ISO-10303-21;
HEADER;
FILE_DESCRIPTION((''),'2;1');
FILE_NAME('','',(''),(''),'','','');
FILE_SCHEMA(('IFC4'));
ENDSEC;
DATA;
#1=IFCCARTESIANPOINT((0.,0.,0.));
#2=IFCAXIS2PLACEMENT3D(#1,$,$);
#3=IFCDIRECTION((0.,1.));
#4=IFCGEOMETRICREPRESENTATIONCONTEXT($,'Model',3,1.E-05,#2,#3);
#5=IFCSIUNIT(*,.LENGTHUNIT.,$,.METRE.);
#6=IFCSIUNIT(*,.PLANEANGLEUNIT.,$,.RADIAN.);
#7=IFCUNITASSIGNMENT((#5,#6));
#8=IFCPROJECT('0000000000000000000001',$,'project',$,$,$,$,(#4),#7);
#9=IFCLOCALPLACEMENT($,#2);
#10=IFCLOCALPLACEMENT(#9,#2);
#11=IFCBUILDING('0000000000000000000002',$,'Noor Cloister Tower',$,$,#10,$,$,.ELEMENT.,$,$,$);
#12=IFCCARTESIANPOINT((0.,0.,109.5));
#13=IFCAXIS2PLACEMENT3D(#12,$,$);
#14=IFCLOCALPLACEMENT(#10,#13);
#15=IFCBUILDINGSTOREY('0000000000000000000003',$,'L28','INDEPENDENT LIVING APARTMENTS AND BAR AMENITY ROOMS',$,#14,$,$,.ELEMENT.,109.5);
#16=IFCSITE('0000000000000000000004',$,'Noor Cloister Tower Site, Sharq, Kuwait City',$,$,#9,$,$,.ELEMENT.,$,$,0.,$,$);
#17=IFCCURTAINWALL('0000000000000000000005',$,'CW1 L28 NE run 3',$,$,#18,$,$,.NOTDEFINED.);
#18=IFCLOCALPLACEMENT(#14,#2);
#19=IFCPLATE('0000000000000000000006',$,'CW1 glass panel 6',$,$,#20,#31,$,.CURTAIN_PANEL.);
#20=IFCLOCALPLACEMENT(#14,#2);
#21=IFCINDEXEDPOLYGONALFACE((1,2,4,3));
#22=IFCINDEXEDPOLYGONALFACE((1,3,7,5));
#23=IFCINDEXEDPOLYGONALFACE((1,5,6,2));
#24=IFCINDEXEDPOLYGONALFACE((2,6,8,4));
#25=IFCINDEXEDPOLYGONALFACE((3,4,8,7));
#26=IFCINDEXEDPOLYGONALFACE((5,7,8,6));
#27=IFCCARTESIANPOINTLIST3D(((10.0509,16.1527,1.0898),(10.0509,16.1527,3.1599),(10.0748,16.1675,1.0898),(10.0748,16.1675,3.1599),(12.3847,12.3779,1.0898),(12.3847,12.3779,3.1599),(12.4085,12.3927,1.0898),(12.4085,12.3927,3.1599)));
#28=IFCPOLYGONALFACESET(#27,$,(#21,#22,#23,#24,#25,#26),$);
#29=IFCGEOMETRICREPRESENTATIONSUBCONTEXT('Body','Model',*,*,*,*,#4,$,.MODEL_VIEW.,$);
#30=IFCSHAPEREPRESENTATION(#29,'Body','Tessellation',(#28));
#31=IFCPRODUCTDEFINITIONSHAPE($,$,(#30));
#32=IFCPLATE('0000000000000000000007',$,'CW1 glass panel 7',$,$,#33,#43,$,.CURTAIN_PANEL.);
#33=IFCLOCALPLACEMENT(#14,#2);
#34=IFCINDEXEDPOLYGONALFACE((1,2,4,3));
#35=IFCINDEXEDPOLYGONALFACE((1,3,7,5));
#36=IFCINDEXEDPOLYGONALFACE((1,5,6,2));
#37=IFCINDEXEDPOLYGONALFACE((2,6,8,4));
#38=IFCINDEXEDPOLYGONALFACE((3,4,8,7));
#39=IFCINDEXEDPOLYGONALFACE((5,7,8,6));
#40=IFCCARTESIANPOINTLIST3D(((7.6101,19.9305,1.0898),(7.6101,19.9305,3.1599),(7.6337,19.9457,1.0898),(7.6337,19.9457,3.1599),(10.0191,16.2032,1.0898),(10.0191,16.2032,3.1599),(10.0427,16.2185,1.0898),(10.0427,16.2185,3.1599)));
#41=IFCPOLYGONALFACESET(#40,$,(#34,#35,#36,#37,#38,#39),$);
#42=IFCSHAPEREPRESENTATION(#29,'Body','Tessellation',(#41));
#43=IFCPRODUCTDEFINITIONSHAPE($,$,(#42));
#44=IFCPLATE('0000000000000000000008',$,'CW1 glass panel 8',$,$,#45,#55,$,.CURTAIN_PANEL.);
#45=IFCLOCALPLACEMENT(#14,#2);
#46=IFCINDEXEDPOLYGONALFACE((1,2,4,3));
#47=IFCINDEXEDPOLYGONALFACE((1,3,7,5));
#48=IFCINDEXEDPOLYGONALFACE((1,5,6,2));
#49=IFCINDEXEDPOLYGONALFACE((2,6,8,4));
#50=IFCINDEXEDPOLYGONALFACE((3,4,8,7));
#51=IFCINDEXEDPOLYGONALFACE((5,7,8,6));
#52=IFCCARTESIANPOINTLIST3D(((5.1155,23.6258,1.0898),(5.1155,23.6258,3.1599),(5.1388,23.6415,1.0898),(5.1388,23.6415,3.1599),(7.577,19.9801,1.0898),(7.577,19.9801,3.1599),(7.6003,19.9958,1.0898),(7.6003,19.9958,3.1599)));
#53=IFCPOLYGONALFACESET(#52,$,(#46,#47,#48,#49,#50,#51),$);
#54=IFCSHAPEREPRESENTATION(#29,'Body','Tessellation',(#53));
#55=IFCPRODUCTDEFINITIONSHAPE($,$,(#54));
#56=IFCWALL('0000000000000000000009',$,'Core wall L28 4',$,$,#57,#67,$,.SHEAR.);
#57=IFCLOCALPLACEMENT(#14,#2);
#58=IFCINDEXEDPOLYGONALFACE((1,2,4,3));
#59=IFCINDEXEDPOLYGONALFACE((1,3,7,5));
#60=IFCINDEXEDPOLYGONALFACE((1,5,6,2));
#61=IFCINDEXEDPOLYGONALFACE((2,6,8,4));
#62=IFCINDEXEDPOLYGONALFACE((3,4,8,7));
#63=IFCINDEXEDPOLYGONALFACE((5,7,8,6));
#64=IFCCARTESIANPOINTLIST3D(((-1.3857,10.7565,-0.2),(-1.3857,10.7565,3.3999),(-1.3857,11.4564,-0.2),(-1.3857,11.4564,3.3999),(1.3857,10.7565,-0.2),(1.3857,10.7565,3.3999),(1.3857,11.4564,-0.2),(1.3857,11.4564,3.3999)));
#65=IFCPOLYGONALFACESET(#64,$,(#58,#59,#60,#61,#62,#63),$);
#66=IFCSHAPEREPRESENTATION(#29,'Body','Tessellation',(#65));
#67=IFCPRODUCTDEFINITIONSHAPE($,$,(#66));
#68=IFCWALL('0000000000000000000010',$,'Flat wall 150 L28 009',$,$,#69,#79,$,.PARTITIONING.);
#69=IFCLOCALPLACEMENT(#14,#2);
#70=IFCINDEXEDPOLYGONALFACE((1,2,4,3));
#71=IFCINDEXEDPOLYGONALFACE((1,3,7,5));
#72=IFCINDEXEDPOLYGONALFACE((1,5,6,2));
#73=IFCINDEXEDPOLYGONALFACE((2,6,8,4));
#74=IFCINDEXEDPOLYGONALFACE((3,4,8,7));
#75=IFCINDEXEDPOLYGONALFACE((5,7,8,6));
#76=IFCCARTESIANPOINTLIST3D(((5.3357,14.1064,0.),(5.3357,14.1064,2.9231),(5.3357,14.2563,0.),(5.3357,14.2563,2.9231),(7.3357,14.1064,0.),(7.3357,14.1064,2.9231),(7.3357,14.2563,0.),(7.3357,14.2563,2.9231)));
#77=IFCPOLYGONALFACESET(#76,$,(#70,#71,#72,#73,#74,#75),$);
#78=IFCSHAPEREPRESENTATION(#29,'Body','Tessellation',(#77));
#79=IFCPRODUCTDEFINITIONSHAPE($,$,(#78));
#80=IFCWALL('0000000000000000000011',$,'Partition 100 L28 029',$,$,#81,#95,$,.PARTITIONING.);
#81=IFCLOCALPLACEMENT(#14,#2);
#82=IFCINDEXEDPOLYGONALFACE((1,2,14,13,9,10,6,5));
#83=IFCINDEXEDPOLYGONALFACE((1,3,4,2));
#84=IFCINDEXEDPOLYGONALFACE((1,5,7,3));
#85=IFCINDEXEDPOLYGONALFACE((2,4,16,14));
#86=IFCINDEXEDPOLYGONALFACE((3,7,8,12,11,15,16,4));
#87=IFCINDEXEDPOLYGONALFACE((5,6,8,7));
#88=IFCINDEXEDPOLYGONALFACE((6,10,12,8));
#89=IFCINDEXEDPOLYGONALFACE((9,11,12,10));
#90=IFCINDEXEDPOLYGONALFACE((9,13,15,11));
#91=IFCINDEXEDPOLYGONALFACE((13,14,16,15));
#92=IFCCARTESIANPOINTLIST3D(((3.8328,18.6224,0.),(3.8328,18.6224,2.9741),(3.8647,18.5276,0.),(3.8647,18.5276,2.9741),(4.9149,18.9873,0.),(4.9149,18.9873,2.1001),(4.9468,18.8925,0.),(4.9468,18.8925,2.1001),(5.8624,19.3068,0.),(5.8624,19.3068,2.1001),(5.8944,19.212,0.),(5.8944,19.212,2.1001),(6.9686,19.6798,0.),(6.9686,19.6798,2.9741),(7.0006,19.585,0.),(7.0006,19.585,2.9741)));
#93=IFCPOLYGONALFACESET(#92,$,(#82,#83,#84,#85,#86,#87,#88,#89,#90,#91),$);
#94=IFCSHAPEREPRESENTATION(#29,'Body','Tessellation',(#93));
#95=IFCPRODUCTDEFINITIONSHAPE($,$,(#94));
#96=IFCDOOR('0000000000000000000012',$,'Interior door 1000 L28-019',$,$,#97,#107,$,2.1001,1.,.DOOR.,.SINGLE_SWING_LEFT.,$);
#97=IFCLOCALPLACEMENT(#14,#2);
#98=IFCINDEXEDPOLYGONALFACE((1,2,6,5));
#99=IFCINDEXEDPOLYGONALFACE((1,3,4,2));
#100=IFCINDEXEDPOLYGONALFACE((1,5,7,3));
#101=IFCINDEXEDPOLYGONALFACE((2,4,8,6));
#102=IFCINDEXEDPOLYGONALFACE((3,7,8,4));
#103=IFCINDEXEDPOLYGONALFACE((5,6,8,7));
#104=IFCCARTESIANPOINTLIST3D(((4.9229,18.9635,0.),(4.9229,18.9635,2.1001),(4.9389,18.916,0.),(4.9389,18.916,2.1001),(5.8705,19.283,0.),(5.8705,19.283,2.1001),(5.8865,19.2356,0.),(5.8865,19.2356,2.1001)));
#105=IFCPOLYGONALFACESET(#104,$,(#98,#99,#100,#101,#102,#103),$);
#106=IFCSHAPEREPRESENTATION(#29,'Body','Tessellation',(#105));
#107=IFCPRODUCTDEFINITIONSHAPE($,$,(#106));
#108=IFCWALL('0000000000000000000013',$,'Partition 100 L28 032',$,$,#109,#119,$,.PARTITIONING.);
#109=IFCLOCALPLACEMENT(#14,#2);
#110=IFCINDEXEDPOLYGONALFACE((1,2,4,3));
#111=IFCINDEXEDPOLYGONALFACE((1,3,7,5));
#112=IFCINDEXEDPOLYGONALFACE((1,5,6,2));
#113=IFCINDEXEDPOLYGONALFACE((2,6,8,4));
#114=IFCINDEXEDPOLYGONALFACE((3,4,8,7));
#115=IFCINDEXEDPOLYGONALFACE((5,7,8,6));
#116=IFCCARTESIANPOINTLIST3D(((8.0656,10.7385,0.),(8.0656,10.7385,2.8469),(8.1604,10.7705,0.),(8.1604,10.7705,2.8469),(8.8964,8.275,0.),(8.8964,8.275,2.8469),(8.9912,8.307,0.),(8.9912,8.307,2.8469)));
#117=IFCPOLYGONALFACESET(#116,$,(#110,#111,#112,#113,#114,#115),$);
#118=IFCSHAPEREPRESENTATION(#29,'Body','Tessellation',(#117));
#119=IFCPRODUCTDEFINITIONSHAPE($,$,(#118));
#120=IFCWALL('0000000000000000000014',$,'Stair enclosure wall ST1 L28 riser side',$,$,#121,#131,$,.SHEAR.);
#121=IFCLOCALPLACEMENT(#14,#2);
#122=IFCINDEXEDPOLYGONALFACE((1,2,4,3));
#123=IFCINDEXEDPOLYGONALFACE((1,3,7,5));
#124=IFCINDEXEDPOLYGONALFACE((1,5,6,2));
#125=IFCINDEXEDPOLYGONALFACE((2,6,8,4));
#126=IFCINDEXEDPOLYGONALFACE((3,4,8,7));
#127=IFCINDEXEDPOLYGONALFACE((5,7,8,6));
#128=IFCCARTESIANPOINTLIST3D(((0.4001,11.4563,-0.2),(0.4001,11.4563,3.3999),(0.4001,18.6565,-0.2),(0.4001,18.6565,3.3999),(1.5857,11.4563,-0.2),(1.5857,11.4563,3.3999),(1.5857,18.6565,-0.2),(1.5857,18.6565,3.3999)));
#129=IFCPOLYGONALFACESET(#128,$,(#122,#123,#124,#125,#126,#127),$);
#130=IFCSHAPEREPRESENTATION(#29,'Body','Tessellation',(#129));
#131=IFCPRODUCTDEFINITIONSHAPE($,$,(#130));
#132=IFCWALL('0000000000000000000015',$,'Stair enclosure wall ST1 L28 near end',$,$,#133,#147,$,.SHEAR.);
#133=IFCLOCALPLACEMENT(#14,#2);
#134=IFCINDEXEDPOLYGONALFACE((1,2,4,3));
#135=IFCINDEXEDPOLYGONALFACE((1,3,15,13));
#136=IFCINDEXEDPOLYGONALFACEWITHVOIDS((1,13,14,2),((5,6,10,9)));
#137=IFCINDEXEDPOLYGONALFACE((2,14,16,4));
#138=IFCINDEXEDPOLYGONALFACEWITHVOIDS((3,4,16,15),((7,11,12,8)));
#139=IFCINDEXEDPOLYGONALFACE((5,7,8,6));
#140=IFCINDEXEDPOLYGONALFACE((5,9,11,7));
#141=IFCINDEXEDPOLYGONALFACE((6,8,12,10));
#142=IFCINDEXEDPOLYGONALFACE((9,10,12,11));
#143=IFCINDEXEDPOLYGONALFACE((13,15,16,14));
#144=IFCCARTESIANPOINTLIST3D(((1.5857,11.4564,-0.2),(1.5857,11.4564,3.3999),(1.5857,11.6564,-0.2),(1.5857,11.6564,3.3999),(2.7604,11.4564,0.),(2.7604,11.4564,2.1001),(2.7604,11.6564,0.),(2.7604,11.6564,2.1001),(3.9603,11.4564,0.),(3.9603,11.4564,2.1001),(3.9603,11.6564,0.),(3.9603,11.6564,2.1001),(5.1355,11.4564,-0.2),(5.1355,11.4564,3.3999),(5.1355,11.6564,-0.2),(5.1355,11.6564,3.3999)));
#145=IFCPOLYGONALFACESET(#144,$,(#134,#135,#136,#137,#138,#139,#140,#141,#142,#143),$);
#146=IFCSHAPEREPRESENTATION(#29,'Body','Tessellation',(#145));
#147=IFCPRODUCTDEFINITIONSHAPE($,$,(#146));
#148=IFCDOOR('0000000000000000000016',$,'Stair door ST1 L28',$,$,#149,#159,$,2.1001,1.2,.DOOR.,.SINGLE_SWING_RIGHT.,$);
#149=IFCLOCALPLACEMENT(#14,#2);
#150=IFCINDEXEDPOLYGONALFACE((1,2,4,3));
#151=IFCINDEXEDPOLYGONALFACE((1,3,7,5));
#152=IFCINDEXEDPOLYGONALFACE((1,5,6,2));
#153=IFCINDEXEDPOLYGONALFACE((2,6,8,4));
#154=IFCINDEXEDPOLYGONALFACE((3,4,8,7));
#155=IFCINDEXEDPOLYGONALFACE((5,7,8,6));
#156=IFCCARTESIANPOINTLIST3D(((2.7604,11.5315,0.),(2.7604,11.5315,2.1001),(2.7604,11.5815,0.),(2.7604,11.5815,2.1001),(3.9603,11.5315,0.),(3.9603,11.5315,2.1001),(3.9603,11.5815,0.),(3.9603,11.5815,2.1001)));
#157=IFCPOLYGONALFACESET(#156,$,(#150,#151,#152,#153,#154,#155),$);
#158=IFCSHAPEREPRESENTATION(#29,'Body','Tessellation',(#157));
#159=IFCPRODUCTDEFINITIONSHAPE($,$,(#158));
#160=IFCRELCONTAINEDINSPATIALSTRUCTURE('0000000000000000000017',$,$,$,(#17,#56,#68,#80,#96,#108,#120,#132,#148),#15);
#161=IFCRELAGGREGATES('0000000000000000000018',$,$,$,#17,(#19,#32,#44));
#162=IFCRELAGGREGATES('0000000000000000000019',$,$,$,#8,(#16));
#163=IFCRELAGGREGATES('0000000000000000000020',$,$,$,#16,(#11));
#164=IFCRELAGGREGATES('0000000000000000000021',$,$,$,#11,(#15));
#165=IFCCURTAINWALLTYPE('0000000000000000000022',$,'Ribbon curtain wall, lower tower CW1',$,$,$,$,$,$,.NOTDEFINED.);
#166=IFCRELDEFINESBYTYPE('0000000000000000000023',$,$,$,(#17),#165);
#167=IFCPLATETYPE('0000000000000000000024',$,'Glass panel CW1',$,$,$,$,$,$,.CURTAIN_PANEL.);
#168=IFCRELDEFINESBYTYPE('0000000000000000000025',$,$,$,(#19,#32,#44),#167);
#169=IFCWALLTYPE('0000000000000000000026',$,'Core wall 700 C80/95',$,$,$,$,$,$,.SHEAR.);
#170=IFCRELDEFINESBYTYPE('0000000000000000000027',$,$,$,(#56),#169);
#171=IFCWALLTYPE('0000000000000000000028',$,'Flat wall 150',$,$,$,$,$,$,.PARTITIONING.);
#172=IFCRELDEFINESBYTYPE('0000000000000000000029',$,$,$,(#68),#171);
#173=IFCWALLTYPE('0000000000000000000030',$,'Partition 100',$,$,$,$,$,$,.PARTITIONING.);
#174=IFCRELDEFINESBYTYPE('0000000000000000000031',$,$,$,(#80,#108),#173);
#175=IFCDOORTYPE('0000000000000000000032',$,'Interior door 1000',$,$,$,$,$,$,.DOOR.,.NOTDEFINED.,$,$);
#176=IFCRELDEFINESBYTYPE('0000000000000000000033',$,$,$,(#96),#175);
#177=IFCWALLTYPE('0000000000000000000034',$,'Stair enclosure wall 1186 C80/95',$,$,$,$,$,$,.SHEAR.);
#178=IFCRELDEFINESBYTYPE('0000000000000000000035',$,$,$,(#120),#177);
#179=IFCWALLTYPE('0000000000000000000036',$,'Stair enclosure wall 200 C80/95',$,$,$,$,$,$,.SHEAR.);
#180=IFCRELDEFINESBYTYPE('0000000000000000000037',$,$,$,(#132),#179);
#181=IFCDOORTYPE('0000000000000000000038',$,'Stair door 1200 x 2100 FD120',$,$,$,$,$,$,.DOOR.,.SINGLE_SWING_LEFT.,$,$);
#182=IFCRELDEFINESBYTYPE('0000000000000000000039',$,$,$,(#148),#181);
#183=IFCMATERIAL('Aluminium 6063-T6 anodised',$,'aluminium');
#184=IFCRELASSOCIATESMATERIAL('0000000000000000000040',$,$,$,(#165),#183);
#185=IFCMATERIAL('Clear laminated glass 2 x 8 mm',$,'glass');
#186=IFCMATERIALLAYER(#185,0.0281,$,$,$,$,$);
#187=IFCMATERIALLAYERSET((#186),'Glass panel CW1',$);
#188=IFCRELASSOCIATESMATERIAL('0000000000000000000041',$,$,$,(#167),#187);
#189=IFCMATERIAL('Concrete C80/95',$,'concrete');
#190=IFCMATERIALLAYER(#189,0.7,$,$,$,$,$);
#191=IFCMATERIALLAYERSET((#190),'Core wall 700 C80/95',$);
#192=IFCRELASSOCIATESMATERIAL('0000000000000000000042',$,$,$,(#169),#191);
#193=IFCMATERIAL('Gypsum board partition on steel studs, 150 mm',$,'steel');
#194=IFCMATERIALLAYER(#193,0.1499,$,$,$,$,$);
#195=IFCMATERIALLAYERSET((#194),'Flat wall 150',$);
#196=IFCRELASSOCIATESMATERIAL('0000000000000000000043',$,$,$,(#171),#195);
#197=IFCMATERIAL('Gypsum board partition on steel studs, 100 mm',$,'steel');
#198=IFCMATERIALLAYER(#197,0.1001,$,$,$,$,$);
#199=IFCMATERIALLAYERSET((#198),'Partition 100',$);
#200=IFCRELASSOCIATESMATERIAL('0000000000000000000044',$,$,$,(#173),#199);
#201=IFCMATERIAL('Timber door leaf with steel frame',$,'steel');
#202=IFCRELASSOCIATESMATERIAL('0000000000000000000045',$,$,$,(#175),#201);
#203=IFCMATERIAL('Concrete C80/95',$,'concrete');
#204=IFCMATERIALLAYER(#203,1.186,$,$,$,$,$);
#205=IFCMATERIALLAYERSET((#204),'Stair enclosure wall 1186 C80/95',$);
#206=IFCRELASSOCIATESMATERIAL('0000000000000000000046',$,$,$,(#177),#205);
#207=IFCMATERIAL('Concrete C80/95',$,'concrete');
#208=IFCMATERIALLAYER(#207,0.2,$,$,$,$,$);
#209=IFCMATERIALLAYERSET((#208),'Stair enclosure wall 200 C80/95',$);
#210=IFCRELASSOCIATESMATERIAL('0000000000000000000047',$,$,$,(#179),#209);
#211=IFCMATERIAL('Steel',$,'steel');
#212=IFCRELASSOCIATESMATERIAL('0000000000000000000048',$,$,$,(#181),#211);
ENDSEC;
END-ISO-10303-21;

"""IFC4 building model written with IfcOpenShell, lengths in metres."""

from ifc_helpers import new_model, si_unit, direction, frame, frame_2d, origin, origin_2d, place, context, subcontext, project, spatial, rectangle, extrude, material, layer, layer_set, type_object, element, fill, aggregate, save


model = new_model("IFC4")

# Units and contexts
model_context = context("Model", 3, precision=1e-05, world=origin(), true_north=direction((0.0, 1.0)))
body_context = subcontext(model_context, "Body", "Model", "MODEL_VIEW")
ifc_project = project(units=[si_unit("LENGTHUNIT", "METRE"), si_unit("PLANEANGLEUNIT", "RADIAN")], contexts=[model_context])

# Site, building, storey
site_placement = place(None, origin())
site = spatial("IfcSite", under=ifc_project, at=site_placement, Name="Noor Cloister Tower Site, Sharq, Kuwait City", CompositionType="ELEMENT", RefElevation=0.0)
building_placement = place(site_placement, origin())
building = spatial("IfcBuilding", under=site, at=building_placement, Name="Noor Cloister Tower", CompositionType="ELEMENT")
storey_placement = place(building_placement, frame((0.0, 0.0, 109.5)))
storey = spatial("IfcBuildingStorey", under=building, at=storey_placement, Name="L28", Description="INDEPENDENT LIVING APARTMENTS AND BAR AMENITY ROOMS", CompositionType="ELEMENT", Elevation=109.5)

# Curtain wall
ifc_material_1 = material(Name="Aluminium 6063-T6 anodised", Category="aluminium")
curtain_wall_type = type_object("IfcCurtainWallType", Name="Ribbon curtain wall, lower tower CW1", PredefinedType="NOTDEFINED", material=ifc_material_1)
curtain_wall_placement = place(storey_placement, origin())
curtain_wall = element("IfcCurtainWall", 1, at=curtain_wall_placement, inside=storey, type_object=curtain_wall_type, Name="CW1 L28 NE run 3", PredefinedType="NOTDEFINED")

# Plates
ifc_material_2 = material(Name="Clear laminated glass 2 x 8 mm", Category="glass")
ifc_layer_1 = layer(ifc_material_2, 0.0281)
ifc_layer_set_1 = layer_set([ifc_layer_1], Name="Glass panel CW1")
plate_type = type_object("IfcPlateType", Name="Glass panel CW1", PredefinedType="CURTAIN_PANEL", material=ifc_layer_set_1)
plate_1_placement = place(storey_placement, frame((11.2297, 14.2727, 1.0898), z_axis=(0.0, 0.0, 1.0), x_axis=(-0.525852, 0.850576, 0.0)))
plate_1 = element("IfcPlate", 2, at=plate_1_placement, type_object=plate_type, Name="CW1 glass panel 6", PredefinedType="CURTAIN_PANEL", context=body_context, shape_type="SweptSolid", body=[
    extrude(rectangle(XDim=4.438, YDim=0.0281, at=origin_2d()), origin(), (0.0, 0.0, 1.0), 2.0701),
])
plate_2_placement = place(storey_placement, frame((8.8264, 18.0745, 1.0898), z_axis=(0.0, 0.0, 1.0), x_axis=(-0.542824, 0.839847, 0.0)))
plate_2 = element("IfcPlate", 3, at=plate_2_placement, type_object=plate_type, Name="CW1 glass panel 7", PredefinedType="CURTAIN_PANEL", context=body_context, shape_type="SweptSolid", body=[
    extrude(rectangle(XDim=4.438, YDim=0.0281, at=origin_2d()), origin(), (0.0, 0.0, 1.0), 2.0701),
])
plate_3_placement = place(storey_placement, frame((6.3579, 21.8108, 1.0898), z_axis=(0.0, 0.0, 1.0), x_axis=(-0.559576, 0.828779, 0.0)))
plate_3 = element("IfcPlate", 4, at=plate_3_placement, type_object=plate_type, Name="CW1 glass panel 8", PredefinedType="CURTAIN_PANEL", context=body_context, shape_type="SweptSolid", body=[
    extrude(rectangle(XDim=4.3989, YDim=0.0281, at=origin_2d()), origin(), (0.0, 0.0, 1.0), 2.0701),
])
aggregate(curtain_wall, [plate_1, plate_2, plate_3])

# Walls
ifc_material_3 = material(Name="Concrete C80/95", Category="concrete")
ifc_layer_2 = layer(ifc_material_3, 0.7)
ifc_layer_set_2 = layer_set([ifc_layer_2], Name="Core wall 700 C80/95")
wall_type_1 = type_object("IfcWallType", Name="Core wall 700 C80/95", PredefinedType="SHEAR", material=ifc_layer_set_2)
wall_1_placement = place(storey_placement, frame((1.3857, 11.1064, -0.2), z_axis=(0.0, 0.0, 1.0), x_axis=(-1.0, 0.0, 0.0)))
element("IfcWall", 5, at=wall_1_placement, inside=storey, type_object=wall_type_1, Name="Core wall L28 4", PredefinedType="SHEAR", context=body_context, shape_type="SweptSolid", body=[
    extrude(rectangle(XDim=2.7715, YDim=0.7, at=frame_2d((1.3857, 0.0))), origin(), (0.0, 0.0, 1.0), 3.5999),
])
ifc_material_4 = material(Name="Gypsum board partition on steel studs, 150 mm", Category="steel")
ifc_layer_3 = layer(ifc_material_4, 0.1499)
ifc_layer_set_3 = layer_set([ifc_layer_3], Name="Flat wall 150")
wall_type_2 = type_object("IfcWallType", Name="Flat wall 150", PredefinedType="PARTITIONING", material=ifc_layer_set_3)
wall_2_placement = place(storey_placement, frame((5.3357, 14.1814, 0.0), z_axis=(0.0, 0.0, 1.0), x_axis=(1.0, 0.0, 0.0)))
element("IfcWall", 6, at=wall_2_placement, inside=storey, type_object=wall_type_2, Name="Flat wall 150 L28 009", PredefinedType="PARTITIONING", context=body_context, shape_type="SweptSolid", body=[
    extrude(rectangle(XDim=2.0, YDim=0.1499, at=frame_2d((1.0, 0.0))), origin(), (0.0, 0.0, 1.0), 2.9231),
])

# Wall, opening, door
ifc_material_5 = material(Name="Gypsum board partition on steel studs, 100 mm", Category="steel")
ifc_layer_4 = layer(ifc_material_5, 0.1001)
ifc_layer_set_4 = layer_set([ifc_layer_4], Name="Partition 100")
wall_type_3 = type_object("IfcWallType", Name="Partition 100", PredefinedType="PARTITIONING", material=ifc_layer_set_4)
wall_3_placement = place(storey_placement, frame((3.8486, 18.575, 0.0), z_axis=(0.0, 0.0, 1.0), x_axis=(0.947578, 0.319524, 0.0)))
wall_3 = element("IfcWall", 7, at=wall_3_placement, inside=storey, type_object=wall_type_3, Name="Partition 100 L28 029", PredefinedType="PARTITIONING", context=body_context, shape_type="SweptSolid", body=[
    extrude(rectangle(XDim=3.3093, YDim=0.1001, at=frame_2d((1.6548, 0.0))), origin(), (0.0, 0.0, 1.0), 2.9741),
])
opening_1_placement = place(wall_3_placement, frame((1.1421, 0.0, 0.0)))
opening_1 = element("IfcOpeningElement", 8, at=opening_1_placement, cuts=wall_3, PredefinedType="OPENING", context=body_context, shape_type="SweptSolid", body=[
    extrude(rectangle(XDim=1.0, YDim=2.1001, at=frame_2d((0.5, 1.05))), frame((0.0, 0.0601, 0.0), z_axis=(0.0, -1.0, 0.0), x_axis=(1.0, 0.0, 0.0)), (0.0, 0.0, 1.0), 0.1201),
])
ifc_material_6 = material(Name="Timber door leaf with steel frame", Category="steel")
door_type_1 = type_object("IfcDoorType", Name="Interior door 1000", OperationType="NOTDEFINED", PredefinedType="DOOR", material=ifc_material_6)
door_1_placement = place(opening_1_placement, origin())
door_1 = element("IfcDoor", 9, at=door_1_placement, inside=storey, type_object=door_type_1, Name="Interior door 1000 L28-019", OperationType="SINGLE_SWING_LEFT", OverallHeight=2.1001, OverallWidth=1.0, PredefinedType="DOOR", context=body_context, shape_type="SweptSolid", body=[
    extrude(rectangle(XDim=1.0, YDim=2.1001, at=frame_2d((0.5, 1.05))), frame((0.0, 0.0249, 0.0), z_axis=(0.0, -1.0, 0.0), x_axis=(1.0, 0.0, 0.0)), (0.0, 0.0, 1.0), 0.05),
])
fill(opening_1, door_1)

# Walls
wall_4_placement = place(storey_placement, frame((8.113, 10.7544, 0.0), z_axis=(0.0, 0.0, 1.0), x_axis=(0.31955, -0.947569, 0.0)))
element("IfcWall", 10, at=wall_4_placement, inside=storey, type_object=wall_type_3, Name="Partition 100 L28 032", PredefinedType="PARTITIONING", context=body_context, shape_type="SweptSolid", body=[
    extrude(rectangle(XDim=2.5999, YDim=0.1001, at=frame_2d((1.2998, 0.0))), origin(), (0.0, 0.0, 1.0), 2.8469),
])
ifc_material_7 = material(Name="Concrete C80/95", Category="concrete")
ifc_layer_5 = layer(ifc_material_7, 1.186)
ifc_layer_set_5 = layer_set([ifc_layer_5], Name="Stair enclosure wall 1186 C80/95")
wall_type_4 = type_object("IfcWallType", Name="Stair enclosure wall 1186 C80/95", PredefinedType="SHEAR", material=ifc_layer_set_5)
wall_5_placement = place(storey_placement, frame((0.9929, 11.4563, -0.2), z_axis=(0.0, 0.0, 1.0), x_axis=(0.0, 1.0, 0.0)))
element("IfcWall", 11, at=wall_5_placement, inside=storey, type_object=wall_type_4, Name="Stair enclosure wall ST1 L28 riser side", PredefinedType="SHEAR", context=body_context, shape_type="SweptSolid", body=[
    extrude(rectangle(XDim=7.2002, YDim=1.1855, at=frame_2d((3.6001, 0.0))), origin(), (0.0, 0.0, 1.0), 3.5999),
])

# Wall, opening, door
ifc_material_8 = material(Name="Concrete C80/95", Category="concrete")
ifc_layer_6 = layer(ifc_material_8, 0.2)
ifc_layer_set_6 = layer_set([ifc_layer_6], Name="Stair enclosure wall 200 C80/95")
wall_type_5 = type_object("IfcWallType", Name="Stair enclosure wall 200 C80/95", PredefinedType="SHEAR", material=ifc_layer_set_6)
wall_6_placement = place(storey_placement, frame((5.1355, 11.5564, -0.2), z_axis=(0.0, 0.0, 1.0), x_axis=(-1.0, 0.0, 0.0)))
wall_6 = element("IfcWall", 12, at=wall_6_placement, inside=storey, type_object=wall_type_5, Name="Stair enclosure wall ST1 L28 near end", PredefinedType="SHEAR", context=body_context, shape_type="SweptSolid", body=[
    extrude(rectangle(XDim=3.5498, YDim=0.2, at=frame_2d((1.7749, 0.0))), origin(), (0.0, 0.0, 1.0), 3.5999),
])
opening_2_placement = place(wall_6_placement, frame((1.175, 0.0, 0.2)))
opening_2 = element("IfcOpeningElement", 13, at=opening_2_placement, cuts=wall_6, PredefinedType="OPENING", context=body_context, shape_type="SweptSolid", body=[
    extrude(rectangle(XDim=1.2, YDim=2.1001, at=frame_2d((0.6001, 1.05))), frame((0.0, 0.1099, 0.0), z_axis=(0.0, -1.0, 0.0), x_axis=(1.0, 0.0, 0.0)), (0.0, 0.0, 1.0), 0.22),
])
ifc_material_9 = material(Name="Steel", Category="steel")
door_type_2 = type_object("IfcDoorType", Name="Stair door 1200 x 2100 FD120", OperationType="SINGLE_SWING_LEFT", PredefinedType="DOOR", material=ifc_material_9)
door_2_placement = place(opening_2_placement, origin())
door_2 = element("IfcDoor", 14, at=door_2_placement, inside=storey, type_object=door_type_2, Name="Stair door ST1 L28", OperationType="SINGLE_SWING_RIGHT", OverallHeight=2.1001, OverallWidth=1.2, PredefinedType="DOOR", context=body_context, shape_type="SweptSolid", body=[
    extrude(rectangle(XDim=1.2, YDim=2.1001, at=frame_2d((0.6001, 1.05))), frame((0.0, 0.0249, 0.0), z_axis=(0.0, -1.0, 0.0), x_axis=(1.0, 0.0, 0.0)), (0.0, 0.0, 1.0), 0.05),
])
fill(opening_2, door_2)

save(model, "model.ifc")
